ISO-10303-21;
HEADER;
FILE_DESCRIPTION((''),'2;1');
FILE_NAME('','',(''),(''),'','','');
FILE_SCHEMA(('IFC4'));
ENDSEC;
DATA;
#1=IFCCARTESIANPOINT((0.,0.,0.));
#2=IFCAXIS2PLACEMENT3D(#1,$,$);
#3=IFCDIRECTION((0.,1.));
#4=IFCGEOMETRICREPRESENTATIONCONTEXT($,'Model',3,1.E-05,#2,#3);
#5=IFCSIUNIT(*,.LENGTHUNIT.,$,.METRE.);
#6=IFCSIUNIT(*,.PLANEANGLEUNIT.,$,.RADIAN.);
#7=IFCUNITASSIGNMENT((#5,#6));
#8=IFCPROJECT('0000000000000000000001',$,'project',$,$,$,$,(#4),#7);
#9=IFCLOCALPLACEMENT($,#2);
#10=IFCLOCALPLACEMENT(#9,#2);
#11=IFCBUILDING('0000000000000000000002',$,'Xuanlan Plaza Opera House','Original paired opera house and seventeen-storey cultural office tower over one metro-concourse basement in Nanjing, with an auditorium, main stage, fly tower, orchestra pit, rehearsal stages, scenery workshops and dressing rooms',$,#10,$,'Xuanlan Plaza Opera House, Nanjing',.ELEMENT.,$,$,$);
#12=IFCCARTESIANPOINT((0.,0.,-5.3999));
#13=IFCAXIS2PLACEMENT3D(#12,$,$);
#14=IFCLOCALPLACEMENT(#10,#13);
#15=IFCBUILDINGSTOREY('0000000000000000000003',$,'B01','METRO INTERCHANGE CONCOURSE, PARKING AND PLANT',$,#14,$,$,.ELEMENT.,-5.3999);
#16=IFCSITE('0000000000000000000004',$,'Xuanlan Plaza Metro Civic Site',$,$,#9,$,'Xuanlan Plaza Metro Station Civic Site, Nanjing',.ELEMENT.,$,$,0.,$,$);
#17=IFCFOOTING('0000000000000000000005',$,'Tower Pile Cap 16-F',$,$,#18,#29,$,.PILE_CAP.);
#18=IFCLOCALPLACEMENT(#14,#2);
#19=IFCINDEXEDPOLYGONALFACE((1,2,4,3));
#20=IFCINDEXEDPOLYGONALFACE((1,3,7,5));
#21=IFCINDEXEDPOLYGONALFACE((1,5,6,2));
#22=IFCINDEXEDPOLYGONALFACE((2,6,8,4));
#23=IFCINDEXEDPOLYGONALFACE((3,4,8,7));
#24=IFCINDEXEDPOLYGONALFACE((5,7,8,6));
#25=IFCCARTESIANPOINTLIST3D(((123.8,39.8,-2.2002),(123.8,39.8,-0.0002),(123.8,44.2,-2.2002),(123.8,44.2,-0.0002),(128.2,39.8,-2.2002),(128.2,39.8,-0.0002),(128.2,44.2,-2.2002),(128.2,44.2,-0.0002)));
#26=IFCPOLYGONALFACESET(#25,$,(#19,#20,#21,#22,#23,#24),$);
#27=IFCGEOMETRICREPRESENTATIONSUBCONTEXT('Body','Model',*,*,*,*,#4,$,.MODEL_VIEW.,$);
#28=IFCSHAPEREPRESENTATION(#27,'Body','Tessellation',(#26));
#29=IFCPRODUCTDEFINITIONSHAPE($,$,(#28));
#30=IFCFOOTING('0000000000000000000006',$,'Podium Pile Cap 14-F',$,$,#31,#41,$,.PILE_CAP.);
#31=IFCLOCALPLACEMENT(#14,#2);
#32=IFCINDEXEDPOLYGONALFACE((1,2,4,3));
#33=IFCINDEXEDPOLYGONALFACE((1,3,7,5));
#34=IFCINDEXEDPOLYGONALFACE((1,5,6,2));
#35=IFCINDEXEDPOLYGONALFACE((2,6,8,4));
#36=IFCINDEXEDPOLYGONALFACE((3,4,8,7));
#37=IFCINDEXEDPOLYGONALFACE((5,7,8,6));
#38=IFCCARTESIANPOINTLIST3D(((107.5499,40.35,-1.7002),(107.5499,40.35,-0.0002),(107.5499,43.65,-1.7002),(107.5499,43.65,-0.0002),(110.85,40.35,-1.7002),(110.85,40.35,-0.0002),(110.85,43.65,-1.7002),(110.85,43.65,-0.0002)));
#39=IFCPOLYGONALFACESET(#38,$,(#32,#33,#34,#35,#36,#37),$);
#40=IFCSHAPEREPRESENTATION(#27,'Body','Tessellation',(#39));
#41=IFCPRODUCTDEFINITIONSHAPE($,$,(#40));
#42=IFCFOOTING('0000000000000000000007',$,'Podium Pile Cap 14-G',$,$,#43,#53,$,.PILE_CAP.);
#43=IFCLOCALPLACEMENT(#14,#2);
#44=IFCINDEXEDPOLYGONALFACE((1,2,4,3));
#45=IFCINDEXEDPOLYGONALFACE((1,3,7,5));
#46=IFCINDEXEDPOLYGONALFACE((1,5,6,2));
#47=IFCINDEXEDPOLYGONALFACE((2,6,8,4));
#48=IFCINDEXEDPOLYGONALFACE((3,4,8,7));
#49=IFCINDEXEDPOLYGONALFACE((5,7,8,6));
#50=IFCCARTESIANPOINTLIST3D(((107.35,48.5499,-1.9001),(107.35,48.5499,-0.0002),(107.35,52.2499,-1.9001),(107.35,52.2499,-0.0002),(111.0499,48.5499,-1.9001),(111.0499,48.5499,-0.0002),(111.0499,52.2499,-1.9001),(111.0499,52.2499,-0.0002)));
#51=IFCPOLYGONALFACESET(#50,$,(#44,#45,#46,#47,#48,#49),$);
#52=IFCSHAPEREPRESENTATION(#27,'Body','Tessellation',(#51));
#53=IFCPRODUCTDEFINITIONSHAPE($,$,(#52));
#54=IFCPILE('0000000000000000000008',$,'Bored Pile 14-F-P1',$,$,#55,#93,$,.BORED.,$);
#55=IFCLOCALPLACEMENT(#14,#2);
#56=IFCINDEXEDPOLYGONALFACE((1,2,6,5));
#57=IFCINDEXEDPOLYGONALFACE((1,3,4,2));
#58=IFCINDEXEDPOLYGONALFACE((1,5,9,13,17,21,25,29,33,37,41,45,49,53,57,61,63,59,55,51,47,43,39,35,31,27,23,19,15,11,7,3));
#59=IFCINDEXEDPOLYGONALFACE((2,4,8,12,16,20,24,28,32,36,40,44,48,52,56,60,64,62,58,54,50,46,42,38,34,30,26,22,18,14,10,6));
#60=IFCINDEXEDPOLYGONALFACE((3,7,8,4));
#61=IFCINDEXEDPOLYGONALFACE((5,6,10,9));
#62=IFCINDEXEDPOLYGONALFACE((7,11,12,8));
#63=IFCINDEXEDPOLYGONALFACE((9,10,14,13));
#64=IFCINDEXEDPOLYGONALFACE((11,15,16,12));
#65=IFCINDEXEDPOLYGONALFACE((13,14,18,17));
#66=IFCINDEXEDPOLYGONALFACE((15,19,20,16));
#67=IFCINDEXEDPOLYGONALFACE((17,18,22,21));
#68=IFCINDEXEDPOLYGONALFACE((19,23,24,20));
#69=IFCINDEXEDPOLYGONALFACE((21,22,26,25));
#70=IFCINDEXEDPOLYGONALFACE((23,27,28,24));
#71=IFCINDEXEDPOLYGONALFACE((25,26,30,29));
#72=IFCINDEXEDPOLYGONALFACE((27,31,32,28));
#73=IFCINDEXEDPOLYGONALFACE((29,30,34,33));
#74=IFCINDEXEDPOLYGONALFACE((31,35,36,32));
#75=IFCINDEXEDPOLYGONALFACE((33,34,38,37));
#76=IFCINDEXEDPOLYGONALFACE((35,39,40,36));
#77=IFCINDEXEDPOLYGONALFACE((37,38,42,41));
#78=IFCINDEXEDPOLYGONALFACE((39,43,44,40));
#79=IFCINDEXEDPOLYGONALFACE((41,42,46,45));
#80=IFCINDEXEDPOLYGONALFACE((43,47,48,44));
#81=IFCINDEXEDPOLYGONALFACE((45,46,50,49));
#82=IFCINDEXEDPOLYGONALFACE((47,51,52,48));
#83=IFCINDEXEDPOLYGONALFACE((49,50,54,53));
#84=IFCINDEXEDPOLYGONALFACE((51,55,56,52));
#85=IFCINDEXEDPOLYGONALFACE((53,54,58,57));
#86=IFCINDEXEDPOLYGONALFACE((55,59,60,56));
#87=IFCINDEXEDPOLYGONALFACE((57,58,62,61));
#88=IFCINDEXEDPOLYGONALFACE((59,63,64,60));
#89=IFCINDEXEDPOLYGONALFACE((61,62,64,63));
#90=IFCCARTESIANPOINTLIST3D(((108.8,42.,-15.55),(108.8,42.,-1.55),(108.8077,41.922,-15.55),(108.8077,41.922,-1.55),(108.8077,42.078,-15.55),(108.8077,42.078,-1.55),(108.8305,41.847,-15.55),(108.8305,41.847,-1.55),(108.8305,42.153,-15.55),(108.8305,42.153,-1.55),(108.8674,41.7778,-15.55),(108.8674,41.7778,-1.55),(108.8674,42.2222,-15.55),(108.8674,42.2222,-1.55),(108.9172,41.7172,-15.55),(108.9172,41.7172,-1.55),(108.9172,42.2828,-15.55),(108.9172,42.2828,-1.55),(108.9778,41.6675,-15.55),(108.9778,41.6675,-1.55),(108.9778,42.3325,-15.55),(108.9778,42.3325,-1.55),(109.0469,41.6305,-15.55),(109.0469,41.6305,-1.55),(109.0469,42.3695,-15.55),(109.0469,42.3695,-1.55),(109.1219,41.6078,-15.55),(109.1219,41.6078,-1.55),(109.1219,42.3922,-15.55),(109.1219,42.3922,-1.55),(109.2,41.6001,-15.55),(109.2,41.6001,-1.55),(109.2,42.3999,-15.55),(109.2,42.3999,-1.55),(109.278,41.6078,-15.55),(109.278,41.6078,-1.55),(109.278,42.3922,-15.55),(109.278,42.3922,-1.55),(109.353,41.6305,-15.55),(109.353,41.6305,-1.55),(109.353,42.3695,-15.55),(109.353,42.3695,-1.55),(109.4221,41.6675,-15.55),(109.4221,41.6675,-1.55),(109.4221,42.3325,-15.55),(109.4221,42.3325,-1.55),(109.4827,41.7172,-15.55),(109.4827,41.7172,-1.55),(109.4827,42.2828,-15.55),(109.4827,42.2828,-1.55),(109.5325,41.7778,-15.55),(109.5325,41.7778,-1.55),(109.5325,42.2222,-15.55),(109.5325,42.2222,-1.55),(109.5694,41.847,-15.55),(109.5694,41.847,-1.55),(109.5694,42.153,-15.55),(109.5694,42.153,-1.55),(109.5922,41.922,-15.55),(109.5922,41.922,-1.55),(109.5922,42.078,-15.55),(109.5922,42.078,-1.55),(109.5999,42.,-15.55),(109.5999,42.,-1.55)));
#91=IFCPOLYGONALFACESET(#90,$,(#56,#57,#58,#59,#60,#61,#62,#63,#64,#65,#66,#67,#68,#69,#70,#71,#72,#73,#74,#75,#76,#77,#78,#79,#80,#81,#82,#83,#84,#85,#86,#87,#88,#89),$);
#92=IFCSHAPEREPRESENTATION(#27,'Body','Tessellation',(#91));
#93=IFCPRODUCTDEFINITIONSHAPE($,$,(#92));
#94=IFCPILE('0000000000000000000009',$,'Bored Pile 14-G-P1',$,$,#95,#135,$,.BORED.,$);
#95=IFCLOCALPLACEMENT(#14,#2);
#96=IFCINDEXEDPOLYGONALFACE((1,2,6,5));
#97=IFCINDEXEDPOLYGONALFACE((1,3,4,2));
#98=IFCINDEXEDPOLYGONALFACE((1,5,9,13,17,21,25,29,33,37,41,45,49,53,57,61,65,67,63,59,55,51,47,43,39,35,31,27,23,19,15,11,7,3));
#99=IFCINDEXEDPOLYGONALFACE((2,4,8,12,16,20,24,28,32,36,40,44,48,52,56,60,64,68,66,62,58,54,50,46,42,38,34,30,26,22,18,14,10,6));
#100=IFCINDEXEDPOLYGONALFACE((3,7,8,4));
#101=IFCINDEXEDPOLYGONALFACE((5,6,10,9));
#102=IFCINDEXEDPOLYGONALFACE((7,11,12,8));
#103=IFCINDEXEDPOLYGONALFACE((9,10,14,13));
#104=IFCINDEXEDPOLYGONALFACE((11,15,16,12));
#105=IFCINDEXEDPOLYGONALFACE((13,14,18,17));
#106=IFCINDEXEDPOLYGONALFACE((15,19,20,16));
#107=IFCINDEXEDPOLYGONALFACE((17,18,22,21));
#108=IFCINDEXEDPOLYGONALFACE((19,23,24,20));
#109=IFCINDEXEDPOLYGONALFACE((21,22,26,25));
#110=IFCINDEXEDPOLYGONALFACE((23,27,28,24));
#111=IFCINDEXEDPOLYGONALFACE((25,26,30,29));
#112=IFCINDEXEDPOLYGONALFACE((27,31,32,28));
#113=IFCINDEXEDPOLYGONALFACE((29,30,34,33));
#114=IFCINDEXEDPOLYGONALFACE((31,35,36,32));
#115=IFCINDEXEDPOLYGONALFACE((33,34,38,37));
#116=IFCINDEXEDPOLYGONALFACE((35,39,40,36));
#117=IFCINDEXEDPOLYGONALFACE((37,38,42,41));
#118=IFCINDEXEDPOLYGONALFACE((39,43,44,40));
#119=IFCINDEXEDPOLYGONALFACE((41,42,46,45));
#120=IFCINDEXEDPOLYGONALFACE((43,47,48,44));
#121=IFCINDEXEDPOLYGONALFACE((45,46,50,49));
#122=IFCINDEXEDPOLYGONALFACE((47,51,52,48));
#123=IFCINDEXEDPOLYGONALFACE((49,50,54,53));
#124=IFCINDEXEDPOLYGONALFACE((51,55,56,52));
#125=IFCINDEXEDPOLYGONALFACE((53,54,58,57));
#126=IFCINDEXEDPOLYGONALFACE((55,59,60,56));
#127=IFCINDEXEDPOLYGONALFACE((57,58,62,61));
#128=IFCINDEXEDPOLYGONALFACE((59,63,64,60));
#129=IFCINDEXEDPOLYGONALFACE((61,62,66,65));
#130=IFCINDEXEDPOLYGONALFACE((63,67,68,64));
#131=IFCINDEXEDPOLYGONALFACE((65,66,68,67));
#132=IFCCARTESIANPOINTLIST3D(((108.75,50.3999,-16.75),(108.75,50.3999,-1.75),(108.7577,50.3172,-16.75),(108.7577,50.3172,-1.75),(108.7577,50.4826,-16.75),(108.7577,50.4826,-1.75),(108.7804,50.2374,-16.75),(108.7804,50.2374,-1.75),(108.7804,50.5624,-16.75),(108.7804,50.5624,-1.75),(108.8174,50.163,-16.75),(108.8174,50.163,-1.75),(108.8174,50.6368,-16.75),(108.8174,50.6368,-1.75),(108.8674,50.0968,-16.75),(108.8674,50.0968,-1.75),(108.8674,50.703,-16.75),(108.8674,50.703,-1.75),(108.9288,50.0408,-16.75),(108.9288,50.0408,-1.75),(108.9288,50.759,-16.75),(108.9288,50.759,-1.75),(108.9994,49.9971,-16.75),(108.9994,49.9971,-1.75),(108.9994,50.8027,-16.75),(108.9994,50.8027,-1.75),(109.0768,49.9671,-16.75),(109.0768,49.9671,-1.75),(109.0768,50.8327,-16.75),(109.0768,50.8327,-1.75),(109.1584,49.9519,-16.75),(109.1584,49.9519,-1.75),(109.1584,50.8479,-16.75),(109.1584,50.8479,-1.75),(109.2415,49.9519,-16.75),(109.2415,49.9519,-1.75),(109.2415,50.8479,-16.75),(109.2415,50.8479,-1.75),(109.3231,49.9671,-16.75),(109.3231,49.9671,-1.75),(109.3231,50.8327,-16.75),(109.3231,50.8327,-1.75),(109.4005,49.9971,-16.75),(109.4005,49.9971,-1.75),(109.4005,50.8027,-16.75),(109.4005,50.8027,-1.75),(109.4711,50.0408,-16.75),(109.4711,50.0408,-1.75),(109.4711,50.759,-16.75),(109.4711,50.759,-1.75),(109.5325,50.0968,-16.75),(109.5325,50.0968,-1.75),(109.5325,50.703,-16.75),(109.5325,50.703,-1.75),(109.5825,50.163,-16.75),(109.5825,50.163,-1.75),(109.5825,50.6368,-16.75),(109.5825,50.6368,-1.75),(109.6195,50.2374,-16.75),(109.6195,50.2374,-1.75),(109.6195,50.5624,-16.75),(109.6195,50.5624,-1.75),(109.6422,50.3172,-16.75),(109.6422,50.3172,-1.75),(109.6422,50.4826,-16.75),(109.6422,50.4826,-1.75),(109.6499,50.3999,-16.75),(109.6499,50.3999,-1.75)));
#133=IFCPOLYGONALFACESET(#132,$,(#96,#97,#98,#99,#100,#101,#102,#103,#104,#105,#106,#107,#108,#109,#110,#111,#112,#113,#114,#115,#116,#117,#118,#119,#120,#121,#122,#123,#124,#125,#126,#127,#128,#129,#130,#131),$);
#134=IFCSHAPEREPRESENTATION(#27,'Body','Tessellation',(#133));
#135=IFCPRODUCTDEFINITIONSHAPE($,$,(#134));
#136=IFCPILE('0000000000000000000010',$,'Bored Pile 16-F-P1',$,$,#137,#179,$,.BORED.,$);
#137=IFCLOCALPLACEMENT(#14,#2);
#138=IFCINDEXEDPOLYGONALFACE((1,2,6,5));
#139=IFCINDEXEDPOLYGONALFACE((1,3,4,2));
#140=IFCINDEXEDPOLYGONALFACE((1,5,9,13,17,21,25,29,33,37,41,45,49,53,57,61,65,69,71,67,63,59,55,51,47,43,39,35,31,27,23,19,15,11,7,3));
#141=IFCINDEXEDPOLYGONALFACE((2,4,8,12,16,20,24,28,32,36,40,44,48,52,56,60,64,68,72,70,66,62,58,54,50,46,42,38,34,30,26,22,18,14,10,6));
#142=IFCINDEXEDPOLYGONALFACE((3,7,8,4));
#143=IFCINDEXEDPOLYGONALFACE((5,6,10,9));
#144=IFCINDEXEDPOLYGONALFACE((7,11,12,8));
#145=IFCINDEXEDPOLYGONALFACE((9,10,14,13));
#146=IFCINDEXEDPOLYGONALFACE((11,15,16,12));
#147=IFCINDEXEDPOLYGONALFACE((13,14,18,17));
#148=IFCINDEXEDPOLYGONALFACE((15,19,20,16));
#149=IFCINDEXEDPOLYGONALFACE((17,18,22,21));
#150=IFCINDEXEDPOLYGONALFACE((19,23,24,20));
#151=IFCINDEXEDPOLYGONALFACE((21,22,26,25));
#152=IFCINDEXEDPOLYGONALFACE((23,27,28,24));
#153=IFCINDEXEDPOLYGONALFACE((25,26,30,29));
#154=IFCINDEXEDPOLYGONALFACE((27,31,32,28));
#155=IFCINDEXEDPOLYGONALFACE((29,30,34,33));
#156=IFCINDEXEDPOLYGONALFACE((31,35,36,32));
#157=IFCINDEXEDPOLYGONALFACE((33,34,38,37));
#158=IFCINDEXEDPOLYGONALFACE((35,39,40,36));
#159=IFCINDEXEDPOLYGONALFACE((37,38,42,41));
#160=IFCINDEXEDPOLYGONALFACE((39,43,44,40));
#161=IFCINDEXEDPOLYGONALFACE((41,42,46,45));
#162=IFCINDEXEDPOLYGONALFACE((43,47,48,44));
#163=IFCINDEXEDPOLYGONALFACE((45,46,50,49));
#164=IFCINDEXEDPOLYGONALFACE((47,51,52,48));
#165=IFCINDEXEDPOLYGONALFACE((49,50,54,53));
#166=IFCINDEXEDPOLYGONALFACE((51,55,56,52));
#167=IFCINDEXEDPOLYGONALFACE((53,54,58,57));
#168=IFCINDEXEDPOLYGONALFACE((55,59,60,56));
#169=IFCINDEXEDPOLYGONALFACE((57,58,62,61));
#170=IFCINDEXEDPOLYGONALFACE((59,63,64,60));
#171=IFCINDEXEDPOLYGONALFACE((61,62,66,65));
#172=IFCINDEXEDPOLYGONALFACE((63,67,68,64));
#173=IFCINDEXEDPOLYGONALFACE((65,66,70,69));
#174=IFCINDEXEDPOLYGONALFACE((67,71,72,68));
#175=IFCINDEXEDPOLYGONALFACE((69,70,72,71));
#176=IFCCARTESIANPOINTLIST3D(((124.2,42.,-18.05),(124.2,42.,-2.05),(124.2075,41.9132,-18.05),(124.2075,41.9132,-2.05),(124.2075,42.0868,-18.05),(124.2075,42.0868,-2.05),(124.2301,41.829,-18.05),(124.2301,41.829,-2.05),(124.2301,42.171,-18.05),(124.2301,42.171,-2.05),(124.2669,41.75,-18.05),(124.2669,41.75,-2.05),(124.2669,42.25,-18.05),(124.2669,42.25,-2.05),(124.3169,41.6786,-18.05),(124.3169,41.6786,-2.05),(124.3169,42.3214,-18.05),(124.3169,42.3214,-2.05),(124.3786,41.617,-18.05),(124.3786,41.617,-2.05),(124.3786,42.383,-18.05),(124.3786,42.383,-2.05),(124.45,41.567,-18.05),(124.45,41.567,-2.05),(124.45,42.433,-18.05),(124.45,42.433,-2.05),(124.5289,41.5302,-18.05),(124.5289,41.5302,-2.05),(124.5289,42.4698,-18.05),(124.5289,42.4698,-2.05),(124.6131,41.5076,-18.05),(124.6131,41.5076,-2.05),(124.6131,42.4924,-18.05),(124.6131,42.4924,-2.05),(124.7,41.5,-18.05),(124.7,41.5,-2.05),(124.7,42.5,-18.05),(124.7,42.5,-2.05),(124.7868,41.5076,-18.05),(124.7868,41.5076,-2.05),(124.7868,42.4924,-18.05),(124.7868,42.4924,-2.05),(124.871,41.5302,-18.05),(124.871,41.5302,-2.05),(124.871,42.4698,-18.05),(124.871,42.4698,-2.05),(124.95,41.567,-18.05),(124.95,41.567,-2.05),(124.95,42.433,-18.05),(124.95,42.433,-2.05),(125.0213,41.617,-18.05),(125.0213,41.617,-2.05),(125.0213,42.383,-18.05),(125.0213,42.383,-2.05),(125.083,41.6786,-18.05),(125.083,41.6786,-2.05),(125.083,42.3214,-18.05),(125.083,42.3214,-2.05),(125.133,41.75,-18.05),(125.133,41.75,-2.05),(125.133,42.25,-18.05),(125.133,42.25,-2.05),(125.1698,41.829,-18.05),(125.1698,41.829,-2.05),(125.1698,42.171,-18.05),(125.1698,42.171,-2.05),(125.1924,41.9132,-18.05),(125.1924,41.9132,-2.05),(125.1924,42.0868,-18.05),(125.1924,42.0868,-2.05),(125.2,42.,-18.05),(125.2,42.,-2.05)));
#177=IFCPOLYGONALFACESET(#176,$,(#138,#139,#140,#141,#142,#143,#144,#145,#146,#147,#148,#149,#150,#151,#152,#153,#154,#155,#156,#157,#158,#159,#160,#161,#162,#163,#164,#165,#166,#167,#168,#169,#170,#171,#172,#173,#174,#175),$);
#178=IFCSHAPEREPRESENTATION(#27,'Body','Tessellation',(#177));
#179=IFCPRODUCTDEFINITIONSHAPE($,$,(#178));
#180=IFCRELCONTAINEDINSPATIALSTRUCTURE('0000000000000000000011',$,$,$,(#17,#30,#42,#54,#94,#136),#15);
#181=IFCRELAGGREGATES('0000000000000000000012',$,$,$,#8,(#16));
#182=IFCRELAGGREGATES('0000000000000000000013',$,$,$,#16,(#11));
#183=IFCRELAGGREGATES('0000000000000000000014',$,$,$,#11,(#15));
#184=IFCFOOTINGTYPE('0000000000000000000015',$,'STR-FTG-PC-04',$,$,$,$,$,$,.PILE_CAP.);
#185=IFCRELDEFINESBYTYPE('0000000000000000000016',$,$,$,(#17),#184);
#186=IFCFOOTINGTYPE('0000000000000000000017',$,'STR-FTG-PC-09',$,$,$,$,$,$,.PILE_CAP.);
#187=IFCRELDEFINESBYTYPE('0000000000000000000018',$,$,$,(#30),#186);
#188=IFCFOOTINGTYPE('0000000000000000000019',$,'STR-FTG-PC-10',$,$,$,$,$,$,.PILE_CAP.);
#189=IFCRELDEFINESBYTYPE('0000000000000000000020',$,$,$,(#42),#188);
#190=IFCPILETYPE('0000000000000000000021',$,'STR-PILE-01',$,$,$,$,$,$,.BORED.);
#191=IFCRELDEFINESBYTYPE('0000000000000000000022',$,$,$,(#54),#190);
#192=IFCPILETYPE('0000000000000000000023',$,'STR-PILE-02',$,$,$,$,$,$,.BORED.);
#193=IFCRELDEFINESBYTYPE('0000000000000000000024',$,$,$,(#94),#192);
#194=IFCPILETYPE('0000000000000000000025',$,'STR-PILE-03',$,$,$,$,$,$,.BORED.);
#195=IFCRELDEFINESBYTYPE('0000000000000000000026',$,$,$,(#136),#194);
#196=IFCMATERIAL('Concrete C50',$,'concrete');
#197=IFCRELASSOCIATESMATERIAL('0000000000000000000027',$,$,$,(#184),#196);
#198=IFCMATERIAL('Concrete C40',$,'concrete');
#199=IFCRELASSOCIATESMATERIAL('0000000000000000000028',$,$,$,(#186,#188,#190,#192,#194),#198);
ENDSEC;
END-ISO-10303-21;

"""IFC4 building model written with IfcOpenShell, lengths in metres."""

from ifc_helpers import new_model, si_unit, direction, frame, origin, origin_2d, place, context, subcontext, project, spatial, rectangle, circle, extrude, material, material_profile, profile_set, type_object, element, save


model = new_model("IFC4")

# Units and contexts
model_context = context("Model", 3, precision=1e-05, world=origin(), true_north=direction((0.0, 1.0)))
body_context = subcontext(model_context, "Body", "Model", "MODEL_VIEW")
ifc_project = project(units=[si_unit("LENGTHUNIT", "METRE"), si_unit("PLANEANGLEUNIT", "RADIAN")], contexts=[model_context])

# Site, building, storey
site_placement = place(None, origin())
site = spatial("IfcSite", under=ifc_project, at=site_placement, Name="Xuanlan Plaza Metro Civic Site", LongName="Xuanlan Plaza Metro Station Civic Site, Nanjing", CompositionType="ELEMENT", RefElevation=0.0)
building_placement = place(site_placement, origin())
building = spatial("IfcBuilding", under=site, at=building_placement, Name="Xuanlan Plaza Opera House", Description="Original paired opera house and seventeen-storey cultural office tower over one metro-concourse basement in Nanjing, with an auditorium, main stage, fly tower, orchestra pit, rehearsal stages, scenery workshops and dressing rooms", LongName="Xuanlan Plaza Opera House, Nanjing", CompositionType="ELEMENT")
storey_placement = place(building_placement, frame((0.0, 0.0, -5.3999)))
storey = spatial("IfcBuildingStorey", under=building, at=storey_placement, Name="B01", Description="METRO INTERCHANGE CONCOURSE, PARKING AND PLANT", CompositionType="ELEMENT", Elevation=-5.3999)

# Footings
ifc_material_1 = material(Name="Concrete C50", Category="concrete")
footing_type_1 = type_object("IfcFootingType", Name="STR-FTG-PC-04", PredefinedType="PILE_CAP", material=ifc_material_1)
footing_1_placement = place(storey_placement, frame((126.0, 42.0, -2.2002), z_axis=(0.0, 0.0, 1.0), x_axis=(1.0, 0.0, 0.0)))
element("IfcFooting", 1, at=footing_1_placement, inside=storey, type_object=footing_type_1, Name="Tower Pile Cap 16-F", PredefinedType="PILE_CAP", context=body_context, shape_type="SweptSolid", body=[
    extrude(rectangle(XDim=4.3999, YDim=4.3999, at=origin_2d()), origin(), (0.0, 0.0, 1.0), 2.2),
])
ifc_material_2 = material(Name="Concrete C40", Category="concrete")
footing_type_2 = type_object("IfcFootingType", Name="STR-FTG-PC-09", PredefinedType="PILE_CAP", material=ifc_material_2)
footing_2_placement = place(storey_placement, frame((109.2, 42.0, -1.7002), z_axis=(0.0, 0.0, 1.0), x_axis=(1.0, 0.0, 0.0)))
element("IfcFooting", 2, at=footing_2_placement, inside=storey, type_object=footing_type_2, Name="Podium Pile Cap 14-F", PredefinedType="PILE_CAP", context=body_context, shape_type="SweptSolid", body=[
    extrude(rectangle(XDim=3.3, YDim=3.3, at=origin_2d()), origin(), (0.0, 0.0, 1.0), 1.7),
])
footing_type_3 = type_object("IfcFootingType", Name="STR-FTG-PC-10", PredefinedType="PILE_CAP", material=ifc_material_2)
footing_3_placement = place(storey_placement, frame((109.2, 50.3999, -1.9001), z_axis=(0.0, 0.0, 1.0), x_axis=(1.0, 0.0, 0.0)))
element("IfcFooting", 3, at=footing_3_placement, inside=storey, type_object=footing_type_3, Name="Podium Pile Cap 14-G", PredefinedType="PILE_CAP", context=body_context, shape_type="SweptSolid", body=[
    extrude(rectangle(XDim=3.7, YDim=3.7, at=origin_2d()), origin(), (0.0, 0.0, 1.0), 1.8999),
])

# Piles
ifc_material_profile_1 = material_profile(ifc_material_2, circle(Radius=0.3999, at=origin_2d()), Name="PILE D800")
ifc_profile_set_1 = profile_set([ifc_material_profile_1], Name="Concrete C40")
pile_type_1 = type_object("IfcPileType", Name="STR-PILE-01", PredefinedType="BORED", material=ifc_profile_set_1)
pile_1_placement = place(storey_placement, frame((109.2, 42.0, -1.55), z_axis=(0.0, 0.0, -1.0), x_axis=(1.0, 0.0, 0.0)))
element("IfcPile", 4, at=pile_1_placement, inside=storey, type_object=pile_type_1, Name="Bored Pile 14-F-P1", PredefinedType="BORED", context=body_context, shape_type="SweptSolid", body=[
    extrude(circle(Radius=0.3999, at=origin_2d()), origin(), (0.0, 0.0, 1.0), 14.0),
])
ifc_material_profile_2 = material_profile(ifc_material_2, circle(Radius=0.45, at=origin_2d()), Name="PILE D900")
ifc_profile_set_2 = profile_set([ifc_material_profile_2], Name="Concrete C40")
pile_type_2 = type_object("IfcPileType", Name="STR-PILE-02", PredefinedType="BORED", material=ifc_profile_set_2)
pile_2_placement = place(storey_placement, frame((109.2, 50.3999, -1.75), z_axis=(0.0, 0.0, -1.0), x_axis=(1.0, 0.0, 0.0)))
element("IfcPile", 5, at=pile_2_placement, inside=storey, type_object=pile_type_2, Name="Bored Pile 14-G-P1", PredefinedType="BORED", context=body_context, shape_type="SweptSolid", body=[
    extrude(circle(Radius=0.45, at=origin_2d()), origin(), (0.0, 0.0, 1.0), 15.0),
])
ifc_material_profile_3 = material_profile(ifc_material_2, circle(Radius=0.5, at=origin_2d()), Name="PILE D1000")
ifc_profile_set_3 = profile_set([ifc_material_profile_3], Name="Concrete C40")
pile_type_3 = type_object("IfcPileType", Name="STR-PILE-03", PredefinedType="BORED", material=ifc_profile_set_3)
for number, where, z_axis, x_axis, name in (
    (6, (124.7, 42.0, -2.05), (0.0, 0.0, -1.0), (1.0, 0.0, 0.0), "Bored Pile 16-F-P1"),
):
    element("IfcPile", number, at=place(storey_placement, frame(where, z_axis=z_axis, x_axis=x_axis)), inside=storey, type_object=pile_type_3, Name=name, PredefinedType="BORED", context=body_context, shape_type="SweptSolid", body=[
        extrude(circle(Radius=0.5, at=origin_2d()), origin(), (0.0, 0.0, 1.0), 16.0),
    ])

save(model, "model.ifc")
